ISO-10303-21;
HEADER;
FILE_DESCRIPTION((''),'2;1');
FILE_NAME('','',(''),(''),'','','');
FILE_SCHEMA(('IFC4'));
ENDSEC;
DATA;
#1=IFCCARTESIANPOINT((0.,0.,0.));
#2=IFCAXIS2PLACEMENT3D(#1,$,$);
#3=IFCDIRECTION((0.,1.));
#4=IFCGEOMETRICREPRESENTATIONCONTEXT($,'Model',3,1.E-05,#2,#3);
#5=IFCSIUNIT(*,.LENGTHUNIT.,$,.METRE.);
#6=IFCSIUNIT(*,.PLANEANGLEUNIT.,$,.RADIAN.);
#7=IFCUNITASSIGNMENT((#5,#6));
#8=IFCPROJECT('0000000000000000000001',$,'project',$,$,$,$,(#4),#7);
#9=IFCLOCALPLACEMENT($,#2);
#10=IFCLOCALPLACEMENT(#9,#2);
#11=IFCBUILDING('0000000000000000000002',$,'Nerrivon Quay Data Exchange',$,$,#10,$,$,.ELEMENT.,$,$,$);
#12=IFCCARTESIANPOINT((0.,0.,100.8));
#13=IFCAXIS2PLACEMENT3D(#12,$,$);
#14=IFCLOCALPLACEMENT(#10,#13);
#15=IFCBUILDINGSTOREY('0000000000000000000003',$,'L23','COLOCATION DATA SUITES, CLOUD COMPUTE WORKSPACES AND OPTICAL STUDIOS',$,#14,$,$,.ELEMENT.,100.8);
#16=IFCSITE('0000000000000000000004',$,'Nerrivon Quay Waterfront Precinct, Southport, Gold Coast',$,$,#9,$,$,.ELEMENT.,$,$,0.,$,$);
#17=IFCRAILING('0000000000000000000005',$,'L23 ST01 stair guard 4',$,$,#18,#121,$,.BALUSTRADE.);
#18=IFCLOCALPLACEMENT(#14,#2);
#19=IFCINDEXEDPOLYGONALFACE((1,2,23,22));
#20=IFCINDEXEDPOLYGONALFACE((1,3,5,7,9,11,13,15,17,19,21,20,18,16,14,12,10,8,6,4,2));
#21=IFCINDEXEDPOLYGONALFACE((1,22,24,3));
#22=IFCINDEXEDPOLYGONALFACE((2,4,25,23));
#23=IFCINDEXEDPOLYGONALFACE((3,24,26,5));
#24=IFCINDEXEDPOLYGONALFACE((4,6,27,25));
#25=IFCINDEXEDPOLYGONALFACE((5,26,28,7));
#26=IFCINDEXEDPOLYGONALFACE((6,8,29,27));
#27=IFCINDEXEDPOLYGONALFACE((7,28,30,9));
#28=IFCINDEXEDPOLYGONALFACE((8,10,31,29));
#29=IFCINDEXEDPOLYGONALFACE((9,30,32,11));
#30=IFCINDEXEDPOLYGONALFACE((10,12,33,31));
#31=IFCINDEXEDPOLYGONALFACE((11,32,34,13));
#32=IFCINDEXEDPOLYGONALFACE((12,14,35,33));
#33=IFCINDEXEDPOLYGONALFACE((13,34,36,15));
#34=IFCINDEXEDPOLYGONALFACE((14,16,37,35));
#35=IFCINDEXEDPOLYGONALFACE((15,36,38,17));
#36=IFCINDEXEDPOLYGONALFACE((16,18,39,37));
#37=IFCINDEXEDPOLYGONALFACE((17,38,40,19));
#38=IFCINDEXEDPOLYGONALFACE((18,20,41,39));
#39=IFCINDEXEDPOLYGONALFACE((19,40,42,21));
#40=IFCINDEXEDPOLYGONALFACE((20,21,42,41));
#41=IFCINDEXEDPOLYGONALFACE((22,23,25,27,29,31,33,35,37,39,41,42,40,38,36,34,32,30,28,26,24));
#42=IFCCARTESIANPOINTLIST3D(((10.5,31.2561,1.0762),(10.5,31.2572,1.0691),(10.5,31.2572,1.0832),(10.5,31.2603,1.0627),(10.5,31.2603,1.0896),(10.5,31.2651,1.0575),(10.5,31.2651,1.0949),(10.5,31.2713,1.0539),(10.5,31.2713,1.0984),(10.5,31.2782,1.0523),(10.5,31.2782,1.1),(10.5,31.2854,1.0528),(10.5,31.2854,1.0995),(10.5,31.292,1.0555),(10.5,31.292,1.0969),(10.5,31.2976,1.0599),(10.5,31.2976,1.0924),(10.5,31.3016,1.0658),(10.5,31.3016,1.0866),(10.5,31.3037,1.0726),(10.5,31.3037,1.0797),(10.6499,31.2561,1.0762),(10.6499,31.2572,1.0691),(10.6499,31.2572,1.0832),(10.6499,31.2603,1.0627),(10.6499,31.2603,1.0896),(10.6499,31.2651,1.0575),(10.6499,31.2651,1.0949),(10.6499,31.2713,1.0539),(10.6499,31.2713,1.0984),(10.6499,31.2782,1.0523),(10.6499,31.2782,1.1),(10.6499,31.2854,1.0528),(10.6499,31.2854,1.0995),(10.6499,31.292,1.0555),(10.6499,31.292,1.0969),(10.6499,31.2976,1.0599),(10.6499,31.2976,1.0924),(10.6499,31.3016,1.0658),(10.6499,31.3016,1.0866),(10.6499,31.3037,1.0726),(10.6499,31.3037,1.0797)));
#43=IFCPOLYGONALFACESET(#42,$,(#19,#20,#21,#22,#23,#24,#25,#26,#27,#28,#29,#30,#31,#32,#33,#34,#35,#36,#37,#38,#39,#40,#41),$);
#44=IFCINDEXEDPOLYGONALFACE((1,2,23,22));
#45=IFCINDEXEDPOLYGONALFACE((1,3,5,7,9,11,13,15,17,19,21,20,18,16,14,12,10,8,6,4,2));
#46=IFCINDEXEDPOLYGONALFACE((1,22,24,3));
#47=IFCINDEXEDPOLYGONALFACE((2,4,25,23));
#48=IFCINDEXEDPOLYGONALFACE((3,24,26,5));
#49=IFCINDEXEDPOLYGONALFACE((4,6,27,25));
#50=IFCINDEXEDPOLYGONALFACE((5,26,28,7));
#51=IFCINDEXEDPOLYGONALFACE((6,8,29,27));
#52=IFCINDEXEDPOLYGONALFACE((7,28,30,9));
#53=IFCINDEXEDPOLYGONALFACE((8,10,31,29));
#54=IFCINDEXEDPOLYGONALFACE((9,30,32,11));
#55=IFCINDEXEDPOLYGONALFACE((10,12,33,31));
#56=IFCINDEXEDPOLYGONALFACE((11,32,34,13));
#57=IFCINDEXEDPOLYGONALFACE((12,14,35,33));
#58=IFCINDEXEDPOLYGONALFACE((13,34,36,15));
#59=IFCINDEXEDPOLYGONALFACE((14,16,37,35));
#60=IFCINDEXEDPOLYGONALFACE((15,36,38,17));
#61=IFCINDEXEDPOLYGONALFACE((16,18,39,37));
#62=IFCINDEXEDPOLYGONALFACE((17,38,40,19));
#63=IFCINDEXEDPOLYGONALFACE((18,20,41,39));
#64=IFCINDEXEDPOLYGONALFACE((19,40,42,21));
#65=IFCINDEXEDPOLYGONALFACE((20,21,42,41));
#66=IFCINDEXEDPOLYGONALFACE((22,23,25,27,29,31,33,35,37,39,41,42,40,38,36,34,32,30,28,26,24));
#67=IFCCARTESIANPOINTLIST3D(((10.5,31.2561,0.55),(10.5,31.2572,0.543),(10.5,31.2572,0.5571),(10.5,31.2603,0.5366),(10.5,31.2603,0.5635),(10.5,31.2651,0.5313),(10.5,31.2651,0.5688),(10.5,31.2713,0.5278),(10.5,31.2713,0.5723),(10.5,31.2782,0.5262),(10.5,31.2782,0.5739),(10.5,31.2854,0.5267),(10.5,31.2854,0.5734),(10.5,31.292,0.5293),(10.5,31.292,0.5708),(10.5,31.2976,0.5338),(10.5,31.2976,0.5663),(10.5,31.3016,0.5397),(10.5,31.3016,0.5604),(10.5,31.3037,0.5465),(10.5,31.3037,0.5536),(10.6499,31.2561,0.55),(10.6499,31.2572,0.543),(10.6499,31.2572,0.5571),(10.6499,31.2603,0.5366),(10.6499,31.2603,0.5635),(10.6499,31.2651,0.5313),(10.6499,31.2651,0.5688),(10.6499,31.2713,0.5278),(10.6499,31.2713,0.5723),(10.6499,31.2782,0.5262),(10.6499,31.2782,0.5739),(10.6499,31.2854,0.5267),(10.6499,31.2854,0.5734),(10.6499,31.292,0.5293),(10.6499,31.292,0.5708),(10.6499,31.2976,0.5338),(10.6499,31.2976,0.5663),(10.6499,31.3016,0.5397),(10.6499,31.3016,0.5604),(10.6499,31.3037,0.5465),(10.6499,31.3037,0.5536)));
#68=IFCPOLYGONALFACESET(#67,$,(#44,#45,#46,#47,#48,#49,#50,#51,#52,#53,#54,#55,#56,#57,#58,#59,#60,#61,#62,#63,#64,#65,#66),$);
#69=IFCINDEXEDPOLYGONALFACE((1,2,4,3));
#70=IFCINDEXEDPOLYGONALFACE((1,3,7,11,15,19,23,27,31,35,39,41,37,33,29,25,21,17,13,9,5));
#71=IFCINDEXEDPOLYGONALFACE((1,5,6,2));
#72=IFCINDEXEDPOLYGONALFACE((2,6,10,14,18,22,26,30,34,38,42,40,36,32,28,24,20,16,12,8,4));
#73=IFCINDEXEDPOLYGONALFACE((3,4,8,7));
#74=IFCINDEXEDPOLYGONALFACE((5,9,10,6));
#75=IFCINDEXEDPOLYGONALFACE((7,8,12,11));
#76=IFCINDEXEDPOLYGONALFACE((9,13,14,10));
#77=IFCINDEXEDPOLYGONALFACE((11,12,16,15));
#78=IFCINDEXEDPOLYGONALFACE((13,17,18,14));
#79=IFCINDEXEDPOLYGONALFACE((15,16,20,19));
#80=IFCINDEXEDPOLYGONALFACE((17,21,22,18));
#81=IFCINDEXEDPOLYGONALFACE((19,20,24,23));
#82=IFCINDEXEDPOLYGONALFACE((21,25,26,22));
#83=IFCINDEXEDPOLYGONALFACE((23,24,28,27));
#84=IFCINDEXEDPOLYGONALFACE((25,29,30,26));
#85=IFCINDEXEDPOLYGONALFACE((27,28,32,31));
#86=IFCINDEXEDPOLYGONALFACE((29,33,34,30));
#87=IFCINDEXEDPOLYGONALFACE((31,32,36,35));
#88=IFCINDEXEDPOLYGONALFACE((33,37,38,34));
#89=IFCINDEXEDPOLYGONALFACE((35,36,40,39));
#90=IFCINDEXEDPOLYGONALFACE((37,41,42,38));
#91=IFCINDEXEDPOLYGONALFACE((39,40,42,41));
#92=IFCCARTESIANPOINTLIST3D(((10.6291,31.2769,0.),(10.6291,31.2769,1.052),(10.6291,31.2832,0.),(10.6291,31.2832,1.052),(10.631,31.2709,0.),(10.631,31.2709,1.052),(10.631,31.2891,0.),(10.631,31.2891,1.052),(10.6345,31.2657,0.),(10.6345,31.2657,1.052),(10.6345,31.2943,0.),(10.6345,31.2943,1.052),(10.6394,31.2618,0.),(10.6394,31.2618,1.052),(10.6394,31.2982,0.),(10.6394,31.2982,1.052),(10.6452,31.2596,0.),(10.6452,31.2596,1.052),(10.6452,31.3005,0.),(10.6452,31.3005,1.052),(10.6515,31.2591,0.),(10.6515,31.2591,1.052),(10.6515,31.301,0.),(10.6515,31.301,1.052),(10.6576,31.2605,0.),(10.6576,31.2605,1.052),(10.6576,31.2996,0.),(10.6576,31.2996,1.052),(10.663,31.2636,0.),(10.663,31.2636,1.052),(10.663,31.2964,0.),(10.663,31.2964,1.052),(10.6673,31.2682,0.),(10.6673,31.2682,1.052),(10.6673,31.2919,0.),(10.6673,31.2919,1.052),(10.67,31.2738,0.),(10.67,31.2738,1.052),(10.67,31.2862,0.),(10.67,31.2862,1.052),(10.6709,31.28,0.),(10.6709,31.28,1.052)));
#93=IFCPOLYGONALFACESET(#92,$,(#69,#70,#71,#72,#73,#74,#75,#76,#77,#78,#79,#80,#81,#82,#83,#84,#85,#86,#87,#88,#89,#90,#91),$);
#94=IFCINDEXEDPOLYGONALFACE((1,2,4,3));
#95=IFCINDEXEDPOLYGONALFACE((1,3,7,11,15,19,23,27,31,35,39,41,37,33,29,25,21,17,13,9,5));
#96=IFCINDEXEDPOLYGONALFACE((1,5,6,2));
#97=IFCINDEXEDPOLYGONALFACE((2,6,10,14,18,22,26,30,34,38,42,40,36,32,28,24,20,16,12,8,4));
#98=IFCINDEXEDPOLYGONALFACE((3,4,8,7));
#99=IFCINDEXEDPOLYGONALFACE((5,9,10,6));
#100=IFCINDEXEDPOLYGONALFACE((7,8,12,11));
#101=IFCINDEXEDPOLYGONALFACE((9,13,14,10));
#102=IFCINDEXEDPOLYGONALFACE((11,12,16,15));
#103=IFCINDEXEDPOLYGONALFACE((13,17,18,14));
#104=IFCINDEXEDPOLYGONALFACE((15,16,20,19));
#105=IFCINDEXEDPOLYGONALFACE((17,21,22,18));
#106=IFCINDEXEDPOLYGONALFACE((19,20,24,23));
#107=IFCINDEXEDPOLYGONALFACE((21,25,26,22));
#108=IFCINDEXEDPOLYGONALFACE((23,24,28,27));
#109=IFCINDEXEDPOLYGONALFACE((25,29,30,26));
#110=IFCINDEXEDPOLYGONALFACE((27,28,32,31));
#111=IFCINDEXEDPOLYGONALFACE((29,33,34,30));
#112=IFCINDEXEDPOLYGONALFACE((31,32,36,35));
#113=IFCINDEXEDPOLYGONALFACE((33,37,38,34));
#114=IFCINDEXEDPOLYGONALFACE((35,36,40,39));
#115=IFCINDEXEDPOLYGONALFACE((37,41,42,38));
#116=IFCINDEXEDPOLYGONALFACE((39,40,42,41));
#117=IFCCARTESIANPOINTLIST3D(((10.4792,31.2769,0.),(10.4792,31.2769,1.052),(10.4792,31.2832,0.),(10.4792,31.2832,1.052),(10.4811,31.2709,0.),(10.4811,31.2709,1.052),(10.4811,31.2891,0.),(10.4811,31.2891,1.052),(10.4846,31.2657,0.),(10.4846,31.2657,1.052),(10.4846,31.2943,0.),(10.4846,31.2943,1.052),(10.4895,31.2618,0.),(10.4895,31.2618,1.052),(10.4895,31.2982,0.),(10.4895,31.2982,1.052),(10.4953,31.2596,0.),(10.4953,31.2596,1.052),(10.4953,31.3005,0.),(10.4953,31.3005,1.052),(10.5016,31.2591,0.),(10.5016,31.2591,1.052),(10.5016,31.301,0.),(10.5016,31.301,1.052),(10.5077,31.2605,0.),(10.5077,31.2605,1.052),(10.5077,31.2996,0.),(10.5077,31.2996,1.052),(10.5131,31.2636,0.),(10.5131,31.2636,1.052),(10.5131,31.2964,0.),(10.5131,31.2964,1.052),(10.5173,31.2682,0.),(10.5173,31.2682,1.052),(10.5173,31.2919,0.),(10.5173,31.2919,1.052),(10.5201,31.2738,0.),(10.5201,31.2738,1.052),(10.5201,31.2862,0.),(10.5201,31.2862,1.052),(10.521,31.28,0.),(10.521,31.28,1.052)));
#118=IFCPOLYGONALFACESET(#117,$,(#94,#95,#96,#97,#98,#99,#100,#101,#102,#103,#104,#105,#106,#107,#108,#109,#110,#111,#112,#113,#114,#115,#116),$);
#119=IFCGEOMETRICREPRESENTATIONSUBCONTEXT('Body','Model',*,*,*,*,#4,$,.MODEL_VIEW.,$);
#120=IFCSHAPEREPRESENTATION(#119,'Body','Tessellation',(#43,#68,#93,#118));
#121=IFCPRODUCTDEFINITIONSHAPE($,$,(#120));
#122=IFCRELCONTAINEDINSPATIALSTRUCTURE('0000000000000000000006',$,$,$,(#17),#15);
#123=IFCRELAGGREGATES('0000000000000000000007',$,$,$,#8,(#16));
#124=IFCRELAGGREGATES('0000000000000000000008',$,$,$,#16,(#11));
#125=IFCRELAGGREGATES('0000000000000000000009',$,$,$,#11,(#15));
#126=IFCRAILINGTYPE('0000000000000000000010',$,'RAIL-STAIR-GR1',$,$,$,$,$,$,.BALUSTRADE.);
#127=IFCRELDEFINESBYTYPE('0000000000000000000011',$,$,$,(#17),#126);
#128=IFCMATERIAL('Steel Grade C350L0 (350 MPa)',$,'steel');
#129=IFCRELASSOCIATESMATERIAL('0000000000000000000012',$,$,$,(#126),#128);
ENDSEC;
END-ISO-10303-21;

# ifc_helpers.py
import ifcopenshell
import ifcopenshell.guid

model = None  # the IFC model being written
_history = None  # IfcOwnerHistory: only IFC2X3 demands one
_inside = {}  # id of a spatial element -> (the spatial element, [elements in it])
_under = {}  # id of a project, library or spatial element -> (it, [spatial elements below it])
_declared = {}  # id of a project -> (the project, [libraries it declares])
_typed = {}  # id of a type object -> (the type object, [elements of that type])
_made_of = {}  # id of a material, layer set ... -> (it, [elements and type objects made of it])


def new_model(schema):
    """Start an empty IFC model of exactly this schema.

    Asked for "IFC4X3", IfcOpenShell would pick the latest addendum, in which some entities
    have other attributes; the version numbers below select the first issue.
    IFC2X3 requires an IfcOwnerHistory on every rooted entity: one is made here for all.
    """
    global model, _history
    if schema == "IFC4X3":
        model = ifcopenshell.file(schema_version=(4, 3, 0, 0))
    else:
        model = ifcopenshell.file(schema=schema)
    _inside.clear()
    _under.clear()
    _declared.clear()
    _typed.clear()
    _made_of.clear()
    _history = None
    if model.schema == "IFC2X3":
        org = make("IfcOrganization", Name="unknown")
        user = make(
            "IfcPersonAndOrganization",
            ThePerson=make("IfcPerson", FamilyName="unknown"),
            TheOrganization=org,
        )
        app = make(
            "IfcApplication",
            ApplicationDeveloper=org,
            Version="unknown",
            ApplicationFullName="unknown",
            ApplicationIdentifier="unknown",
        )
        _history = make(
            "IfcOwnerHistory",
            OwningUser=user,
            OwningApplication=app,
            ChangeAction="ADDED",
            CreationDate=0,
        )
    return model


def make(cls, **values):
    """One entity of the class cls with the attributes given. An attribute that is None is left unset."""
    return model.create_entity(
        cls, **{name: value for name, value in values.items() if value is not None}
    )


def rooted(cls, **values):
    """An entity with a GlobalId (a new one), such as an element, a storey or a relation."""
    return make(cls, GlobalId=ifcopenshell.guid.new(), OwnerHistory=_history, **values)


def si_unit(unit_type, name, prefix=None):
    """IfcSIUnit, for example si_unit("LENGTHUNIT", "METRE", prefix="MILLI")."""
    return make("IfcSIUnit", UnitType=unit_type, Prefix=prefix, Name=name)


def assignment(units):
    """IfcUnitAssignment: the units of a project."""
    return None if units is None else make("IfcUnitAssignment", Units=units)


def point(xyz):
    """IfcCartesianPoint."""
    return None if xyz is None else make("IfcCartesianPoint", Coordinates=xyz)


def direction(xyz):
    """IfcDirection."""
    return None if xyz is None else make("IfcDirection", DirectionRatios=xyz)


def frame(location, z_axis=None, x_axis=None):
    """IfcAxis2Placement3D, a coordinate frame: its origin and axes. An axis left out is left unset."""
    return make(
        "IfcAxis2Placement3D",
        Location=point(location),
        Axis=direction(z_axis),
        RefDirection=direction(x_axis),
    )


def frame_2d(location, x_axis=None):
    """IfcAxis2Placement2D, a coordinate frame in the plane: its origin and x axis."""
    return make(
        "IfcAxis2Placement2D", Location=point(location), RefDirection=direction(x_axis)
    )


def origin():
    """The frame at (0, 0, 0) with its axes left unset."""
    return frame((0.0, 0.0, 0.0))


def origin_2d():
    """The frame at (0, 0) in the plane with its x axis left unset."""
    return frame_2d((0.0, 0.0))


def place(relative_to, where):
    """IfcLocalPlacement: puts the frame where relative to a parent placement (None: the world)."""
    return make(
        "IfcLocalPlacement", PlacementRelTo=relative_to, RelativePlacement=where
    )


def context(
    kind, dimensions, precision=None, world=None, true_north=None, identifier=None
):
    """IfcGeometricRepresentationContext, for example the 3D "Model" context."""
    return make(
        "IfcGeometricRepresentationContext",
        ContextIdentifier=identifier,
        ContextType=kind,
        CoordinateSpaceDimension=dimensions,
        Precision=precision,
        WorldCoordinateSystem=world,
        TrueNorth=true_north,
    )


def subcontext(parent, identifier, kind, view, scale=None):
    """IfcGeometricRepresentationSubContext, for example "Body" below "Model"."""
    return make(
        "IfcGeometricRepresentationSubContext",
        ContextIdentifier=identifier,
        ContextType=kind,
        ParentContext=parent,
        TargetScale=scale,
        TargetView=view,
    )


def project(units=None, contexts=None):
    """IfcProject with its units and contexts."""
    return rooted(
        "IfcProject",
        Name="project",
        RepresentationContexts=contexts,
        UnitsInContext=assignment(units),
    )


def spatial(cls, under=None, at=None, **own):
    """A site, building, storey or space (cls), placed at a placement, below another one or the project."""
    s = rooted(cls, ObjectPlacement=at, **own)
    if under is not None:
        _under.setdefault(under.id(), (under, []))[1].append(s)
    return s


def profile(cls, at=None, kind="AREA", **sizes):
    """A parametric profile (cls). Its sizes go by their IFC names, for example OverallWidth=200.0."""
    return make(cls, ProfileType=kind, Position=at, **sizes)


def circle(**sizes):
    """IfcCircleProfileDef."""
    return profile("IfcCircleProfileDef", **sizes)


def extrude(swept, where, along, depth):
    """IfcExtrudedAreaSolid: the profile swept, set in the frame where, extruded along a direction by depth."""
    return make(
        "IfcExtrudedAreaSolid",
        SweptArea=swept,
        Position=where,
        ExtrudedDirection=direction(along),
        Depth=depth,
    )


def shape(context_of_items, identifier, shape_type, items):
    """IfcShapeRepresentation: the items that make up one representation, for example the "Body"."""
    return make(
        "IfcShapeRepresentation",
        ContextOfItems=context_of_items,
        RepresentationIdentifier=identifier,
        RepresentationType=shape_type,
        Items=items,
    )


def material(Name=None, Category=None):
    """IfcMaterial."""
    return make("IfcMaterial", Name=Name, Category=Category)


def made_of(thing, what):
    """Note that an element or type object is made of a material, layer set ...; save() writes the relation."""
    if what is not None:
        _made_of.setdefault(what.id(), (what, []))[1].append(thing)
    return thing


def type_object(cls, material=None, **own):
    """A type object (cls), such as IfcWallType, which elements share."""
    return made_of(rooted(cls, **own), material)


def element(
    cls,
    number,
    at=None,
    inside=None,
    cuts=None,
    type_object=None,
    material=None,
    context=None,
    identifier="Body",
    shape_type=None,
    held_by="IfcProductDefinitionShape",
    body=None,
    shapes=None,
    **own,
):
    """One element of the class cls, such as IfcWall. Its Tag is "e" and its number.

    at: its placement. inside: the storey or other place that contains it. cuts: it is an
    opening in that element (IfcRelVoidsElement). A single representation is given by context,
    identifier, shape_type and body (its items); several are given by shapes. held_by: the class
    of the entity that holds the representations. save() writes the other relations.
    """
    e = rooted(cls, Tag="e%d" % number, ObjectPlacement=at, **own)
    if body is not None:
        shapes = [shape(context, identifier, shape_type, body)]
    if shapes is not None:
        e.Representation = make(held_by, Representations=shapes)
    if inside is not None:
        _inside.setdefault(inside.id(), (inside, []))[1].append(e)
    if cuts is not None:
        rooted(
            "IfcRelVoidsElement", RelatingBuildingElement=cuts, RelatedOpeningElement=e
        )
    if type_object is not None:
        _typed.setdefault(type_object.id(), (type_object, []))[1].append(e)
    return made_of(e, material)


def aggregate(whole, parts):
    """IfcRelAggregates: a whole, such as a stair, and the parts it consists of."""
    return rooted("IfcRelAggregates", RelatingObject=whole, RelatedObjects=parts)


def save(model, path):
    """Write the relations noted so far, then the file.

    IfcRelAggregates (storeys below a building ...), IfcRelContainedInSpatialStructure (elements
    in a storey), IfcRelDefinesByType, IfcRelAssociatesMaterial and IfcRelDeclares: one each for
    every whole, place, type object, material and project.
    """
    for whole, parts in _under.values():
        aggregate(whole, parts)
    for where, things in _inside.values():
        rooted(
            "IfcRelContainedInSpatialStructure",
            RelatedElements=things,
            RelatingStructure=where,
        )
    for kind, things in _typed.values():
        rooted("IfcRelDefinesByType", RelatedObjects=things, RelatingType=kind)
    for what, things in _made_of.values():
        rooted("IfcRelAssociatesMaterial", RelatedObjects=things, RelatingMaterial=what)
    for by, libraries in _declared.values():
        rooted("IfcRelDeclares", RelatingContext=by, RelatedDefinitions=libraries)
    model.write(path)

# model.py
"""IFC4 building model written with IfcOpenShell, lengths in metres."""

from ifc_helpers import new_model, si_unit, direction, frame, origin, origin_2d, place, context, subcontext, project, spatial, circle, extrude, material, type_object, element, save


model = new_model("IFC4")

# Units and contexts
model_context = context("Model", 3, precision=1e-05, world=origin(), true_north=direction((0.0, 1.0)))
body_context = subcontext(model_context, "Body", "Model", "MODEL_VIEW")
ifc_project = project(units=[si_unit("LENGTHUNIT", "METRE"), si_unit("PLANEANGLEUNIT", "RADIAN")], contexts=[model_context])

# Site, building, storey
site_placement = place(None, origin())
site = spatial("IfcSite", under=ifc_project, at=site_placement, Name="Nerrivon Quay Waterfront Precinct, Southport, Gold Coast", CompositionType="ELEMENT", RefElevation=0.0)
building_placement = place(site_placement, origin())
building = spatial("IfcBuilding", under=site, at=building_placement, Name="Nerrivon Quay Data Exchange", CompositionType="ELEMENT")
storey_placement = place(building_placement, frame((0.0, 0.0, 100.8)))
storey = spatial("IfcBuildingStorey", under=building, at=storey_placement, Name="L23", Description="COLOCATION DATA SUITES, CLOUD COMPUTE WORKSPACES AND OPTICAL STUDIOS", CompositionType="ELEMENT", Elevation=100.8)

# Railing
ifc_material_1 = material(Name="Steel Grade C350L0 (350 MPa)", Category="steel")
railing_type = type_object("IfcRailingType", Name="RAIL-STAIR-GR1", PredefinedType="BALUSTRADE", material=ifc_material_1)
railing_placement = place(storey_placement, frame((10.6499, 31.28, 0.0)))
element("IfcRailing", 1, at=railing_placement, inside=storey, type_object=railing_type, Name="L23 ST01 stair guard 4", PredefinedType="BALUSTRADE", context=body_context, shape_type="SweptSolid", body=[
    extrude(circle(Radius=0.0239, at=origin_2d()), frame((0.0, 0.0, 1.0762), z_axis=(-1.0, 0.0, 0.0), x_axis=(0.0, -1.0, 0.0)), (0.0, 0.0, 1.0), 0.1499),
    extrude(circle(Radius=0.0239, at=origin_2d()), frame((0.0, 0.0, 0.55), z_axis=(-1.0, 0.0, 0.0), x_axis=(0.0, -1.0, 0.0)), (0.0, 0.0, 1.0), 0.1499),
    extrude(circle(Radius=0.021, at=origin_2d()), origin(), (0.0, 0.0, 1.0), 1.052),
    extrude(circle(Radius=0.021, at=origin_2d()), frame((-0.1499, 0.0, 0.0)), (0.0, 0.0, 1.0), 1.052),
])

save(model, "model.ifc")
